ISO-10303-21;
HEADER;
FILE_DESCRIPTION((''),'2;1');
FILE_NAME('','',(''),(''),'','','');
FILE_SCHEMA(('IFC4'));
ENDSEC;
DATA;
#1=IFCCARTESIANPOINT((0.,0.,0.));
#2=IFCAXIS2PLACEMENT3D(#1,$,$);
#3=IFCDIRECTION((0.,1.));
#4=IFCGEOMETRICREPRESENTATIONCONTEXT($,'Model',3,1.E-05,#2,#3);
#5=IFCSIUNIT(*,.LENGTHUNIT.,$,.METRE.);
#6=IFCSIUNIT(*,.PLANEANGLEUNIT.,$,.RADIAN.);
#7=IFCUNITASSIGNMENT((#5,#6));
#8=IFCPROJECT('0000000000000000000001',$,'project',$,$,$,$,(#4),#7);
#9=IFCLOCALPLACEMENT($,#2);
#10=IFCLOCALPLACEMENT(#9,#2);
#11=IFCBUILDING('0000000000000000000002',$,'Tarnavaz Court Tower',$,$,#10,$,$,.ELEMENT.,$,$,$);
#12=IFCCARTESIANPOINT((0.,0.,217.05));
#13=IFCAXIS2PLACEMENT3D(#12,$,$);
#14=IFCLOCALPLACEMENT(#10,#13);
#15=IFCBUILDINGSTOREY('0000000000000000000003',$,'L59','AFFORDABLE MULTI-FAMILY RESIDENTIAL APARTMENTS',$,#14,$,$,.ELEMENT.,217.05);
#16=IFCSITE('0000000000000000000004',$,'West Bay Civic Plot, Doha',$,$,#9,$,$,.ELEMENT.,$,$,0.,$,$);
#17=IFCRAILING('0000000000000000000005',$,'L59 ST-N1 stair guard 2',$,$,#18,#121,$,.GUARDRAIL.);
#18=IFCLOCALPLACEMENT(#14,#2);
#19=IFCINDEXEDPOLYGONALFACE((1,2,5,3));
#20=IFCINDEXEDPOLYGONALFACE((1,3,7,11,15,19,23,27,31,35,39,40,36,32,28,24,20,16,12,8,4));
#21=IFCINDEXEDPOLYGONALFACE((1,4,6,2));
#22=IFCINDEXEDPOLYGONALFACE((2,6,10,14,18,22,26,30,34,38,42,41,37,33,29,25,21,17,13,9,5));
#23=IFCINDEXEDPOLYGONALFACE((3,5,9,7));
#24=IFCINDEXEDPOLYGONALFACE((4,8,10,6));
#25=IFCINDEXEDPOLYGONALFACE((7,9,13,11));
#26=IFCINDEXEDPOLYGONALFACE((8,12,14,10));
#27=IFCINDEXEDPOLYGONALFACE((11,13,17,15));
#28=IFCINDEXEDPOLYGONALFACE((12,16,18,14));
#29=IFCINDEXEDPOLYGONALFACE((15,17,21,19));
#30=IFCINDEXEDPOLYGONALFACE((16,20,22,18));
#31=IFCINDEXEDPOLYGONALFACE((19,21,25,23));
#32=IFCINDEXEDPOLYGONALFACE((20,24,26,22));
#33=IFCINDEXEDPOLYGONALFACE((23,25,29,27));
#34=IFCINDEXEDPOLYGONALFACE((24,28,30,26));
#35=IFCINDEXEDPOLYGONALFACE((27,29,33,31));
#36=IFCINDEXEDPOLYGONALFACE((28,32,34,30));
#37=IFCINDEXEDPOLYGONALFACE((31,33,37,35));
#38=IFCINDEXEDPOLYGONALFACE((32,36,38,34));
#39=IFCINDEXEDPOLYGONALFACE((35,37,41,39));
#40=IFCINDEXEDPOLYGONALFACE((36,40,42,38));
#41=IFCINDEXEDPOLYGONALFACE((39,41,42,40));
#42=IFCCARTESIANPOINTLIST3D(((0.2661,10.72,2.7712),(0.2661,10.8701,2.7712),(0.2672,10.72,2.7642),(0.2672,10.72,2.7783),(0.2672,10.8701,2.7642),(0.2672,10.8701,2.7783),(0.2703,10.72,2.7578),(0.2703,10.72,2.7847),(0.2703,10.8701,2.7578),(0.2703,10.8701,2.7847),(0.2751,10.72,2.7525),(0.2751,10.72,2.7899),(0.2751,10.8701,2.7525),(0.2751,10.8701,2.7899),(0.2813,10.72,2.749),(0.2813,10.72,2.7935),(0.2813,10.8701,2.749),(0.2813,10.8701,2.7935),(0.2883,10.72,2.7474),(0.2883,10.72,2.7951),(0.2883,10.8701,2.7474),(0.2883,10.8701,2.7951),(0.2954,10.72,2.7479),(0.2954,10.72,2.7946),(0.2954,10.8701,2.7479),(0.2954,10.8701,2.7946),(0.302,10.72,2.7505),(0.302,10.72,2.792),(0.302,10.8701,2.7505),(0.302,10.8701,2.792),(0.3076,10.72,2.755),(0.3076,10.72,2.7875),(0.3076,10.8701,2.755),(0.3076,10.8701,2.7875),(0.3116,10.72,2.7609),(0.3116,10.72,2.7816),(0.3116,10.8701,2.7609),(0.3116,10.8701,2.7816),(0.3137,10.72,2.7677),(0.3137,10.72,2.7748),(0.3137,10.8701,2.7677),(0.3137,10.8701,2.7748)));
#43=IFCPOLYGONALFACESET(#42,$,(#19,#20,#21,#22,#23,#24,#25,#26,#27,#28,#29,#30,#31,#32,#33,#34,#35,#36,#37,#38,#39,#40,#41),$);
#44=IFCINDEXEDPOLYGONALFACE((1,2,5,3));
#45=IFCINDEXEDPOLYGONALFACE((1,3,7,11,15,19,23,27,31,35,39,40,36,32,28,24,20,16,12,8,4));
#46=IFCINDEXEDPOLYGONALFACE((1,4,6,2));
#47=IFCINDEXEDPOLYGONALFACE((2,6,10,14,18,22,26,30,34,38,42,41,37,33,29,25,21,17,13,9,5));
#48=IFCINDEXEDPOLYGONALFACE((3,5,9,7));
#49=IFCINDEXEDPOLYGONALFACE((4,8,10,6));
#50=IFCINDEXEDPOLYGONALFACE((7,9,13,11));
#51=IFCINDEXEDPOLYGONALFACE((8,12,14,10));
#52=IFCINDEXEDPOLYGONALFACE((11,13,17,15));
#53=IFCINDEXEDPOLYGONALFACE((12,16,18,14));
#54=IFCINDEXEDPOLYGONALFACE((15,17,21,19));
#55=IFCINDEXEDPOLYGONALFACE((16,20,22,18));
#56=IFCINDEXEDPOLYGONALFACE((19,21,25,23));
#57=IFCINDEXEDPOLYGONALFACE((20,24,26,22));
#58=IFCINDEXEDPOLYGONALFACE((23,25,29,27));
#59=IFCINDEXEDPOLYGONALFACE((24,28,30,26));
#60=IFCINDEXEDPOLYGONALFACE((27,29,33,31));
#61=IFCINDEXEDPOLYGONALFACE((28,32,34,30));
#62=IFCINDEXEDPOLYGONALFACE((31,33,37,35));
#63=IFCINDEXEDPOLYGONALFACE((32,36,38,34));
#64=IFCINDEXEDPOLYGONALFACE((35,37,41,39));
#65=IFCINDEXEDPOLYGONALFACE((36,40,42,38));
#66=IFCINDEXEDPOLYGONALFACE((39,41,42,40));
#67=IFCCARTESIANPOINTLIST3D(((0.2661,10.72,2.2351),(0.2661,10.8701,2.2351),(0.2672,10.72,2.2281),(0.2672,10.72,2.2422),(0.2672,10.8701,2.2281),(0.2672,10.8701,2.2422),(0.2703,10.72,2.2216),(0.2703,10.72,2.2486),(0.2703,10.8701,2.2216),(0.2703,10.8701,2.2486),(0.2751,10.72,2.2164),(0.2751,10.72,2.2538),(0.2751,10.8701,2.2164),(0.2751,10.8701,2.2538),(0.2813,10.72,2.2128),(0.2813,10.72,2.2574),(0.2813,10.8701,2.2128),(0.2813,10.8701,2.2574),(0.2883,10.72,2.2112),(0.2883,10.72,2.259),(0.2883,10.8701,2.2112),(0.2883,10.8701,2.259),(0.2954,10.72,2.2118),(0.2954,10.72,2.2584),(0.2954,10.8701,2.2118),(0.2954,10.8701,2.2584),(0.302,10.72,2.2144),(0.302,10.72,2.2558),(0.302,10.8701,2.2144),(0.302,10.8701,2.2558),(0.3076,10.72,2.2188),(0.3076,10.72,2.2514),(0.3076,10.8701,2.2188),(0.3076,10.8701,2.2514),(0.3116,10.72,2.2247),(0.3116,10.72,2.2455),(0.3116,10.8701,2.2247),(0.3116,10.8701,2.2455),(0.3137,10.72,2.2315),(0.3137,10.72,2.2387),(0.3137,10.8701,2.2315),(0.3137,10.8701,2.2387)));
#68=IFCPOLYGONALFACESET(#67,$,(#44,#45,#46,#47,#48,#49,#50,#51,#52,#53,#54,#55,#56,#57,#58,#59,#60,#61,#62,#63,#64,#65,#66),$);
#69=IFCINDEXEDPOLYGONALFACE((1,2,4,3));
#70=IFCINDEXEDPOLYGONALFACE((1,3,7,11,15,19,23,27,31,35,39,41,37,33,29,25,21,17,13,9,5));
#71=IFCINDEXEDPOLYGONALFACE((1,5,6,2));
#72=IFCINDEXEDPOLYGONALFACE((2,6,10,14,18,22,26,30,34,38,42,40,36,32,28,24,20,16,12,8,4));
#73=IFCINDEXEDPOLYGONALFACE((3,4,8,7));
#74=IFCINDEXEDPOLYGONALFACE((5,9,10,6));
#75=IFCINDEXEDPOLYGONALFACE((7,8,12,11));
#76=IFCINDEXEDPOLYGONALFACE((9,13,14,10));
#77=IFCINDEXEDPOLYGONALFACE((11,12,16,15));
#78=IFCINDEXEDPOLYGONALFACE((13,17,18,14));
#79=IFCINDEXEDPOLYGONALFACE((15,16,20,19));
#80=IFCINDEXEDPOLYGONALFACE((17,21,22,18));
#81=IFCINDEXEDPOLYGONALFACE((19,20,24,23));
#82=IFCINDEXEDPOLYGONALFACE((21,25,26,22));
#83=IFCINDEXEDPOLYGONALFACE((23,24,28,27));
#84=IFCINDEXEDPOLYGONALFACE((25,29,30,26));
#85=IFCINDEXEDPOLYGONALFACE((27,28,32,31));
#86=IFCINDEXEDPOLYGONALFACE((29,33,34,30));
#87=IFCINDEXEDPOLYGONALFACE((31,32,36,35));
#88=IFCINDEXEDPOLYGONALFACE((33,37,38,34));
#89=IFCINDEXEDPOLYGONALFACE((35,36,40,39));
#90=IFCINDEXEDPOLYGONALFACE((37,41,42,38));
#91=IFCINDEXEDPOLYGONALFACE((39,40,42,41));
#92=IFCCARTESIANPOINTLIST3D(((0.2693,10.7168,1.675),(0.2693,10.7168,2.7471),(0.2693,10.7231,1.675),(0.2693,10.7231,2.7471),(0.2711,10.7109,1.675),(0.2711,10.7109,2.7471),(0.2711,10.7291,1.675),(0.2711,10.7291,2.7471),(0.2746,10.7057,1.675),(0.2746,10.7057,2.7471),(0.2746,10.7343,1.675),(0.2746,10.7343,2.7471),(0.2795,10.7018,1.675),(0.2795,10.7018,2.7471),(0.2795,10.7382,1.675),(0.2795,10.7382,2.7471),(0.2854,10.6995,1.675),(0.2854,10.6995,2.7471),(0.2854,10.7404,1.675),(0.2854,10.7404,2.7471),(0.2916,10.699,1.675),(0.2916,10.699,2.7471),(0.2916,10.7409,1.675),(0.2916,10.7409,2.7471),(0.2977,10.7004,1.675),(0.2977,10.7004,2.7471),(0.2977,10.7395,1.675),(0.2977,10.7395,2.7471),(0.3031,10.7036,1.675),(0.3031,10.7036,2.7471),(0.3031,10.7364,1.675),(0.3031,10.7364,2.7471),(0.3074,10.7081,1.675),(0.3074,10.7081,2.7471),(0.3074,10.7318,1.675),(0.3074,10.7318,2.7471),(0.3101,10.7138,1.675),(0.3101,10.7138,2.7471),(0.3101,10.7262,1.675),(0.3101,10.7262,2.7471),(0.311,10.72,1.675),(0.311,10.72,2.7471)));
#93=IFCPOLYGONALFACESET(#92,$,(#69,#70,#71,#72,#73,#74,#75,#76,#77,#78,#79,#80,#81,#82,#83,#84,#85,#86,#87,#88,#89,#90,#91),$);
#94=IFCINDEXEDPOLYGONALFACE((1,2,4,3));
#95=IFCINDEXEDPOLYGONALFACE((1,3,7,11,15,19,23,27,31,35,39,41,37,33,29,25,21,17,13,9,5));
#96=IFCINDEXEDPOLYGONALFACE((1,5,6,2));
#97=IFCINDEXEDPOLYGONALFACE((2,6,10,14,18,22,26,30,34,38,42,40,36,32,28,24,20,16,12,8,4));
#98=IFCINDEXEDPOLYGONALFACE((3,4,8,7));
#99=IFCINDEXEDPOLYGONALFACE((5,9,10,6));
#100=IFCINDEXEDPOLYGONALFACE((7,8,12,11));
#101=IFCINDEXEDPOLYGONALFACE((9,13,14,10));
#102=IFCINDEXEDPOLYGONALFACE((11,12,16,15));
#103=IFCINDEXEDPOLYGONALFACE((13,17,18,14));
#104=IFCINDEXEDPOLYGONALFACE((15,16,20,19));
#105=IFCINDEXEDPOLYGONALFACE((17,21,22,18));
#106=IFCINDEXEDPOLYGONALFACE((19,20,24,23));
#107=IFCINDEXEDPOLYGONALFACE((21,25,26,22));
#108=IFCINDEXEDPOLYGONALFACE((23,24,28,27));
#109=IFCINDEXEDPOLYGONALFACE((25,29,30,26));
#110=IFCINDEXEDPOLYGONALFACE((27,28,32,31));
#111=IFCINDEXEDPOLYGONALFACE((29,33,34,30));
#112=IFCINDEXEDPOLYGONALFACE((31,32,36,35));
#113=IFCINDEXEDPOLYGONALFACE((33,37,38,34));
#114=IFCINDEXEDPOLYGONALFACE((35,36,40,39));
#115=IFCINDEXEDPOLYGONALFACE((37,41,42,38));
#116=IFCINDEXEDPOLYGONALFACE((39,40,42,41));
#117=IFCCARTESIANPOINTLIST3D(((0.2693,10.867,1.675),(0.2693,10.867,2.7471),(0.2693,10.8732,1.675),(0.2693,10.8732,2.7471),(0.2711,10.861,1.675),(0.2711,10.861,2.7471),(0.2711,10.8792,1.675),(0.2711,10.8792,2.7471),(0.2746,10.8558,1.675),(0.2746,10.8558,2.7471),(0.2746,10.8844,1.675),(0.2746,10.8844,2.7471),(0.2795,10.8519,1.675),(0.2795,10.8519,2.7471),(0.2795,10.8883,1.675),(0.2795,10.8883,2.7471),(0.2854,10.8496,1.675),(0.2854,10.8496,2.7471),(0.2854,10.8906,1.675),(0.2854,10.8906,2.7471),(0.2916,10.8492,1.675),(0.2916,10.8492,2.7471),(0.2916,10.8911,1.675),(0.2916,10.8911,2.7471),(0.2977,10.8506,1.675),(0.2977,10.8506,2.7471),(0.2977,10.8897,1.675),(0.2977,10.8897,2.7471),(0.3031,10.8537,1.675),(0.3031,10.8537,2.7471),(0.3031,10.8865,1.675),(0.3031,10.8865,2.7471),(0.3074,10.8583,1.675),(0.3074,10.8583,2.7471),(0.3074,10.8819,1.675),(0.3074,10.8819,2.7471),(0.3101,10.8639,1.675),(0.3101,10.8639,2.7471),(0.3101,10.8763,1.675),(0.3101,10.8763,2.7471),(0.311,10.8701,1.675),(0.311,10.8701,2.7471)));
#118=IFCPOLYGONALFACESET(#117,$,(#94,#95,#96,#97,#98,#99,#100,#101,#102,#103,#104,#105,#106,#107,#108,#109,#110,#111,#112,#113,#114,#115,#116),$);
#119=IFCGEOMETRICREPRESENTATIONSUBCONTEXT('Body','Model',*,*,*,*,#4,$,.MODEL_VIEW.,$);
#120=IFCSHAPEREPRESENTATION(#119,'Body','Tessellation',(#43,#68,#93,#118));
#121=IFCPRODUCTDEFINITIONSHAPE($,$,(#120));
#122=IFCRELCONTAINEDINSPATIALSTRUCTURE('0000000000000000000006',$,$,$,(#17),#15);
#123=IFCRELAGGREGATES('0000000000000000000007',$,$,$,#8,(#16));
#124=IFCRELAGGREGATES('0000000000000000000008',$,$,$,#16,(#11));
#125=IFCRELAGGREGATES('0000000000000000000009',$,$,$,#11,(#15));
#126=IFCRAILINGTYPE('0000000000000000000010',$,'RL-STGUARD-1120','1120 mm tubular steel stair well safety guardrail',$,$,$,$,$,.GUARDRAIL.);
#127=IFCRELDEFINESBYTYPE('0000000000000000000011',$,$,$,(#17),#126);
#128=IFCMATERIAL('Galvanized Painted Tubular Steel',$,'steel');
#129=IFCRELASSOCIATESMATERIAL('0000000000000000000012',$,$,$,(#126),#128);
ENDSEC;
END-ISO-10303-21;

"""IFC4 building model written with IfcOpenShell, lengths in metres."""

from ifc_helpers import new_model, si_unit, direction, frame, origin, origin_2d, place, context, subcontext, project, spatial, circle, extrude, material, type_object, element, save


model = new_model("IFC4")

# Units and contexts
model_context = context("Model", 3, precision=1e-05, world=origin(), true_north=direction((0.0, 1.0)))
body_context = subcontext(model_context, "Body", "Model", "MODEL_VIEW")
ifc_project = project(units=[si_unit("LENGTHUNIT", "METRE"), si_unit("PLANEANGLEUNIT", "RADIAN")], contexts=[model_context])

# Site, building, storey
site_placement = place(None, origin())
site = spatial("IfcSite", under=ifc_project, at=site_placement, Name="West Bay Civic Plot, Doha", CompositionType="ELEMENT", RefElevation=0.0)
building_placement = place(site_placement, origin())
building = spatial("IfcBuilding", under=site, at=building_placement, Name="Tarnavaz Court Tower", CompositionType="ELEMENT")
storey_placement = place(building_placement, frame((0.0, 0.0, 217.05)))
storey = spatial("IfcBuildingStorey", under=building, at=storey_placement, Name="L59", Description="AFFORDABLE MULTI-FAMILY RESIDENTIAL APARTMENTS", CompositionType="ELEMENT", Elevation=217.05)

# Railing
ifc_material_1 = material(Name="Galvanized Painted Tubular Steel", Category="steel")
railing_type_1 = type_object("IfcRailingType", Name="RL-STGUARD-1120", Description="1120 mm tubular steel stair well safety guardrail", PredefinedType="GUARDRAIL", material=ifc_material_1)
railing_1_placement = place(storey_placement, frame((0.29, 10.72, 1.675)))
element("IfcRailing", 1, at=railing_1_placement, inside=storey, type_object=railing_type_1, Name="L59 ST-N1 stair guard 2", PredefinedType="GUARDRAIL", context=body_context, shape_type="SweptSolid", body=[
    extrude(circle(Radius=0.0239, at=origin_2d()), frame((0.0, 0.0, 1.0962), z_axis=(0.0, 1.0, 0.0), x_axis=(-1.0, 0.0, 0.0)), (0.0, 0.0, 1.0), 0.1501),
    extrude(circle(Radius=0.0239, at=origin_2d()), frame((0.0, 0.0, 0.5601), z_axis=(0.0, 1.0, 0.0), x_axis=(-1.0, 0.0, 0.0)), (0.0, 0.0, 1.0), 0.1501),
    extrude(circle(Radius=0.021, at=origin_2d()), origin(), (0.0, 0.0, 1.0), 1.072),
    extrude(circle(Radius=0.021, at=origin_2d()), frame((0.0, 0.1501, 0.0)), (0.0, 0.0, 1.0), 1.072),
])

save(model, "model.ifc")
